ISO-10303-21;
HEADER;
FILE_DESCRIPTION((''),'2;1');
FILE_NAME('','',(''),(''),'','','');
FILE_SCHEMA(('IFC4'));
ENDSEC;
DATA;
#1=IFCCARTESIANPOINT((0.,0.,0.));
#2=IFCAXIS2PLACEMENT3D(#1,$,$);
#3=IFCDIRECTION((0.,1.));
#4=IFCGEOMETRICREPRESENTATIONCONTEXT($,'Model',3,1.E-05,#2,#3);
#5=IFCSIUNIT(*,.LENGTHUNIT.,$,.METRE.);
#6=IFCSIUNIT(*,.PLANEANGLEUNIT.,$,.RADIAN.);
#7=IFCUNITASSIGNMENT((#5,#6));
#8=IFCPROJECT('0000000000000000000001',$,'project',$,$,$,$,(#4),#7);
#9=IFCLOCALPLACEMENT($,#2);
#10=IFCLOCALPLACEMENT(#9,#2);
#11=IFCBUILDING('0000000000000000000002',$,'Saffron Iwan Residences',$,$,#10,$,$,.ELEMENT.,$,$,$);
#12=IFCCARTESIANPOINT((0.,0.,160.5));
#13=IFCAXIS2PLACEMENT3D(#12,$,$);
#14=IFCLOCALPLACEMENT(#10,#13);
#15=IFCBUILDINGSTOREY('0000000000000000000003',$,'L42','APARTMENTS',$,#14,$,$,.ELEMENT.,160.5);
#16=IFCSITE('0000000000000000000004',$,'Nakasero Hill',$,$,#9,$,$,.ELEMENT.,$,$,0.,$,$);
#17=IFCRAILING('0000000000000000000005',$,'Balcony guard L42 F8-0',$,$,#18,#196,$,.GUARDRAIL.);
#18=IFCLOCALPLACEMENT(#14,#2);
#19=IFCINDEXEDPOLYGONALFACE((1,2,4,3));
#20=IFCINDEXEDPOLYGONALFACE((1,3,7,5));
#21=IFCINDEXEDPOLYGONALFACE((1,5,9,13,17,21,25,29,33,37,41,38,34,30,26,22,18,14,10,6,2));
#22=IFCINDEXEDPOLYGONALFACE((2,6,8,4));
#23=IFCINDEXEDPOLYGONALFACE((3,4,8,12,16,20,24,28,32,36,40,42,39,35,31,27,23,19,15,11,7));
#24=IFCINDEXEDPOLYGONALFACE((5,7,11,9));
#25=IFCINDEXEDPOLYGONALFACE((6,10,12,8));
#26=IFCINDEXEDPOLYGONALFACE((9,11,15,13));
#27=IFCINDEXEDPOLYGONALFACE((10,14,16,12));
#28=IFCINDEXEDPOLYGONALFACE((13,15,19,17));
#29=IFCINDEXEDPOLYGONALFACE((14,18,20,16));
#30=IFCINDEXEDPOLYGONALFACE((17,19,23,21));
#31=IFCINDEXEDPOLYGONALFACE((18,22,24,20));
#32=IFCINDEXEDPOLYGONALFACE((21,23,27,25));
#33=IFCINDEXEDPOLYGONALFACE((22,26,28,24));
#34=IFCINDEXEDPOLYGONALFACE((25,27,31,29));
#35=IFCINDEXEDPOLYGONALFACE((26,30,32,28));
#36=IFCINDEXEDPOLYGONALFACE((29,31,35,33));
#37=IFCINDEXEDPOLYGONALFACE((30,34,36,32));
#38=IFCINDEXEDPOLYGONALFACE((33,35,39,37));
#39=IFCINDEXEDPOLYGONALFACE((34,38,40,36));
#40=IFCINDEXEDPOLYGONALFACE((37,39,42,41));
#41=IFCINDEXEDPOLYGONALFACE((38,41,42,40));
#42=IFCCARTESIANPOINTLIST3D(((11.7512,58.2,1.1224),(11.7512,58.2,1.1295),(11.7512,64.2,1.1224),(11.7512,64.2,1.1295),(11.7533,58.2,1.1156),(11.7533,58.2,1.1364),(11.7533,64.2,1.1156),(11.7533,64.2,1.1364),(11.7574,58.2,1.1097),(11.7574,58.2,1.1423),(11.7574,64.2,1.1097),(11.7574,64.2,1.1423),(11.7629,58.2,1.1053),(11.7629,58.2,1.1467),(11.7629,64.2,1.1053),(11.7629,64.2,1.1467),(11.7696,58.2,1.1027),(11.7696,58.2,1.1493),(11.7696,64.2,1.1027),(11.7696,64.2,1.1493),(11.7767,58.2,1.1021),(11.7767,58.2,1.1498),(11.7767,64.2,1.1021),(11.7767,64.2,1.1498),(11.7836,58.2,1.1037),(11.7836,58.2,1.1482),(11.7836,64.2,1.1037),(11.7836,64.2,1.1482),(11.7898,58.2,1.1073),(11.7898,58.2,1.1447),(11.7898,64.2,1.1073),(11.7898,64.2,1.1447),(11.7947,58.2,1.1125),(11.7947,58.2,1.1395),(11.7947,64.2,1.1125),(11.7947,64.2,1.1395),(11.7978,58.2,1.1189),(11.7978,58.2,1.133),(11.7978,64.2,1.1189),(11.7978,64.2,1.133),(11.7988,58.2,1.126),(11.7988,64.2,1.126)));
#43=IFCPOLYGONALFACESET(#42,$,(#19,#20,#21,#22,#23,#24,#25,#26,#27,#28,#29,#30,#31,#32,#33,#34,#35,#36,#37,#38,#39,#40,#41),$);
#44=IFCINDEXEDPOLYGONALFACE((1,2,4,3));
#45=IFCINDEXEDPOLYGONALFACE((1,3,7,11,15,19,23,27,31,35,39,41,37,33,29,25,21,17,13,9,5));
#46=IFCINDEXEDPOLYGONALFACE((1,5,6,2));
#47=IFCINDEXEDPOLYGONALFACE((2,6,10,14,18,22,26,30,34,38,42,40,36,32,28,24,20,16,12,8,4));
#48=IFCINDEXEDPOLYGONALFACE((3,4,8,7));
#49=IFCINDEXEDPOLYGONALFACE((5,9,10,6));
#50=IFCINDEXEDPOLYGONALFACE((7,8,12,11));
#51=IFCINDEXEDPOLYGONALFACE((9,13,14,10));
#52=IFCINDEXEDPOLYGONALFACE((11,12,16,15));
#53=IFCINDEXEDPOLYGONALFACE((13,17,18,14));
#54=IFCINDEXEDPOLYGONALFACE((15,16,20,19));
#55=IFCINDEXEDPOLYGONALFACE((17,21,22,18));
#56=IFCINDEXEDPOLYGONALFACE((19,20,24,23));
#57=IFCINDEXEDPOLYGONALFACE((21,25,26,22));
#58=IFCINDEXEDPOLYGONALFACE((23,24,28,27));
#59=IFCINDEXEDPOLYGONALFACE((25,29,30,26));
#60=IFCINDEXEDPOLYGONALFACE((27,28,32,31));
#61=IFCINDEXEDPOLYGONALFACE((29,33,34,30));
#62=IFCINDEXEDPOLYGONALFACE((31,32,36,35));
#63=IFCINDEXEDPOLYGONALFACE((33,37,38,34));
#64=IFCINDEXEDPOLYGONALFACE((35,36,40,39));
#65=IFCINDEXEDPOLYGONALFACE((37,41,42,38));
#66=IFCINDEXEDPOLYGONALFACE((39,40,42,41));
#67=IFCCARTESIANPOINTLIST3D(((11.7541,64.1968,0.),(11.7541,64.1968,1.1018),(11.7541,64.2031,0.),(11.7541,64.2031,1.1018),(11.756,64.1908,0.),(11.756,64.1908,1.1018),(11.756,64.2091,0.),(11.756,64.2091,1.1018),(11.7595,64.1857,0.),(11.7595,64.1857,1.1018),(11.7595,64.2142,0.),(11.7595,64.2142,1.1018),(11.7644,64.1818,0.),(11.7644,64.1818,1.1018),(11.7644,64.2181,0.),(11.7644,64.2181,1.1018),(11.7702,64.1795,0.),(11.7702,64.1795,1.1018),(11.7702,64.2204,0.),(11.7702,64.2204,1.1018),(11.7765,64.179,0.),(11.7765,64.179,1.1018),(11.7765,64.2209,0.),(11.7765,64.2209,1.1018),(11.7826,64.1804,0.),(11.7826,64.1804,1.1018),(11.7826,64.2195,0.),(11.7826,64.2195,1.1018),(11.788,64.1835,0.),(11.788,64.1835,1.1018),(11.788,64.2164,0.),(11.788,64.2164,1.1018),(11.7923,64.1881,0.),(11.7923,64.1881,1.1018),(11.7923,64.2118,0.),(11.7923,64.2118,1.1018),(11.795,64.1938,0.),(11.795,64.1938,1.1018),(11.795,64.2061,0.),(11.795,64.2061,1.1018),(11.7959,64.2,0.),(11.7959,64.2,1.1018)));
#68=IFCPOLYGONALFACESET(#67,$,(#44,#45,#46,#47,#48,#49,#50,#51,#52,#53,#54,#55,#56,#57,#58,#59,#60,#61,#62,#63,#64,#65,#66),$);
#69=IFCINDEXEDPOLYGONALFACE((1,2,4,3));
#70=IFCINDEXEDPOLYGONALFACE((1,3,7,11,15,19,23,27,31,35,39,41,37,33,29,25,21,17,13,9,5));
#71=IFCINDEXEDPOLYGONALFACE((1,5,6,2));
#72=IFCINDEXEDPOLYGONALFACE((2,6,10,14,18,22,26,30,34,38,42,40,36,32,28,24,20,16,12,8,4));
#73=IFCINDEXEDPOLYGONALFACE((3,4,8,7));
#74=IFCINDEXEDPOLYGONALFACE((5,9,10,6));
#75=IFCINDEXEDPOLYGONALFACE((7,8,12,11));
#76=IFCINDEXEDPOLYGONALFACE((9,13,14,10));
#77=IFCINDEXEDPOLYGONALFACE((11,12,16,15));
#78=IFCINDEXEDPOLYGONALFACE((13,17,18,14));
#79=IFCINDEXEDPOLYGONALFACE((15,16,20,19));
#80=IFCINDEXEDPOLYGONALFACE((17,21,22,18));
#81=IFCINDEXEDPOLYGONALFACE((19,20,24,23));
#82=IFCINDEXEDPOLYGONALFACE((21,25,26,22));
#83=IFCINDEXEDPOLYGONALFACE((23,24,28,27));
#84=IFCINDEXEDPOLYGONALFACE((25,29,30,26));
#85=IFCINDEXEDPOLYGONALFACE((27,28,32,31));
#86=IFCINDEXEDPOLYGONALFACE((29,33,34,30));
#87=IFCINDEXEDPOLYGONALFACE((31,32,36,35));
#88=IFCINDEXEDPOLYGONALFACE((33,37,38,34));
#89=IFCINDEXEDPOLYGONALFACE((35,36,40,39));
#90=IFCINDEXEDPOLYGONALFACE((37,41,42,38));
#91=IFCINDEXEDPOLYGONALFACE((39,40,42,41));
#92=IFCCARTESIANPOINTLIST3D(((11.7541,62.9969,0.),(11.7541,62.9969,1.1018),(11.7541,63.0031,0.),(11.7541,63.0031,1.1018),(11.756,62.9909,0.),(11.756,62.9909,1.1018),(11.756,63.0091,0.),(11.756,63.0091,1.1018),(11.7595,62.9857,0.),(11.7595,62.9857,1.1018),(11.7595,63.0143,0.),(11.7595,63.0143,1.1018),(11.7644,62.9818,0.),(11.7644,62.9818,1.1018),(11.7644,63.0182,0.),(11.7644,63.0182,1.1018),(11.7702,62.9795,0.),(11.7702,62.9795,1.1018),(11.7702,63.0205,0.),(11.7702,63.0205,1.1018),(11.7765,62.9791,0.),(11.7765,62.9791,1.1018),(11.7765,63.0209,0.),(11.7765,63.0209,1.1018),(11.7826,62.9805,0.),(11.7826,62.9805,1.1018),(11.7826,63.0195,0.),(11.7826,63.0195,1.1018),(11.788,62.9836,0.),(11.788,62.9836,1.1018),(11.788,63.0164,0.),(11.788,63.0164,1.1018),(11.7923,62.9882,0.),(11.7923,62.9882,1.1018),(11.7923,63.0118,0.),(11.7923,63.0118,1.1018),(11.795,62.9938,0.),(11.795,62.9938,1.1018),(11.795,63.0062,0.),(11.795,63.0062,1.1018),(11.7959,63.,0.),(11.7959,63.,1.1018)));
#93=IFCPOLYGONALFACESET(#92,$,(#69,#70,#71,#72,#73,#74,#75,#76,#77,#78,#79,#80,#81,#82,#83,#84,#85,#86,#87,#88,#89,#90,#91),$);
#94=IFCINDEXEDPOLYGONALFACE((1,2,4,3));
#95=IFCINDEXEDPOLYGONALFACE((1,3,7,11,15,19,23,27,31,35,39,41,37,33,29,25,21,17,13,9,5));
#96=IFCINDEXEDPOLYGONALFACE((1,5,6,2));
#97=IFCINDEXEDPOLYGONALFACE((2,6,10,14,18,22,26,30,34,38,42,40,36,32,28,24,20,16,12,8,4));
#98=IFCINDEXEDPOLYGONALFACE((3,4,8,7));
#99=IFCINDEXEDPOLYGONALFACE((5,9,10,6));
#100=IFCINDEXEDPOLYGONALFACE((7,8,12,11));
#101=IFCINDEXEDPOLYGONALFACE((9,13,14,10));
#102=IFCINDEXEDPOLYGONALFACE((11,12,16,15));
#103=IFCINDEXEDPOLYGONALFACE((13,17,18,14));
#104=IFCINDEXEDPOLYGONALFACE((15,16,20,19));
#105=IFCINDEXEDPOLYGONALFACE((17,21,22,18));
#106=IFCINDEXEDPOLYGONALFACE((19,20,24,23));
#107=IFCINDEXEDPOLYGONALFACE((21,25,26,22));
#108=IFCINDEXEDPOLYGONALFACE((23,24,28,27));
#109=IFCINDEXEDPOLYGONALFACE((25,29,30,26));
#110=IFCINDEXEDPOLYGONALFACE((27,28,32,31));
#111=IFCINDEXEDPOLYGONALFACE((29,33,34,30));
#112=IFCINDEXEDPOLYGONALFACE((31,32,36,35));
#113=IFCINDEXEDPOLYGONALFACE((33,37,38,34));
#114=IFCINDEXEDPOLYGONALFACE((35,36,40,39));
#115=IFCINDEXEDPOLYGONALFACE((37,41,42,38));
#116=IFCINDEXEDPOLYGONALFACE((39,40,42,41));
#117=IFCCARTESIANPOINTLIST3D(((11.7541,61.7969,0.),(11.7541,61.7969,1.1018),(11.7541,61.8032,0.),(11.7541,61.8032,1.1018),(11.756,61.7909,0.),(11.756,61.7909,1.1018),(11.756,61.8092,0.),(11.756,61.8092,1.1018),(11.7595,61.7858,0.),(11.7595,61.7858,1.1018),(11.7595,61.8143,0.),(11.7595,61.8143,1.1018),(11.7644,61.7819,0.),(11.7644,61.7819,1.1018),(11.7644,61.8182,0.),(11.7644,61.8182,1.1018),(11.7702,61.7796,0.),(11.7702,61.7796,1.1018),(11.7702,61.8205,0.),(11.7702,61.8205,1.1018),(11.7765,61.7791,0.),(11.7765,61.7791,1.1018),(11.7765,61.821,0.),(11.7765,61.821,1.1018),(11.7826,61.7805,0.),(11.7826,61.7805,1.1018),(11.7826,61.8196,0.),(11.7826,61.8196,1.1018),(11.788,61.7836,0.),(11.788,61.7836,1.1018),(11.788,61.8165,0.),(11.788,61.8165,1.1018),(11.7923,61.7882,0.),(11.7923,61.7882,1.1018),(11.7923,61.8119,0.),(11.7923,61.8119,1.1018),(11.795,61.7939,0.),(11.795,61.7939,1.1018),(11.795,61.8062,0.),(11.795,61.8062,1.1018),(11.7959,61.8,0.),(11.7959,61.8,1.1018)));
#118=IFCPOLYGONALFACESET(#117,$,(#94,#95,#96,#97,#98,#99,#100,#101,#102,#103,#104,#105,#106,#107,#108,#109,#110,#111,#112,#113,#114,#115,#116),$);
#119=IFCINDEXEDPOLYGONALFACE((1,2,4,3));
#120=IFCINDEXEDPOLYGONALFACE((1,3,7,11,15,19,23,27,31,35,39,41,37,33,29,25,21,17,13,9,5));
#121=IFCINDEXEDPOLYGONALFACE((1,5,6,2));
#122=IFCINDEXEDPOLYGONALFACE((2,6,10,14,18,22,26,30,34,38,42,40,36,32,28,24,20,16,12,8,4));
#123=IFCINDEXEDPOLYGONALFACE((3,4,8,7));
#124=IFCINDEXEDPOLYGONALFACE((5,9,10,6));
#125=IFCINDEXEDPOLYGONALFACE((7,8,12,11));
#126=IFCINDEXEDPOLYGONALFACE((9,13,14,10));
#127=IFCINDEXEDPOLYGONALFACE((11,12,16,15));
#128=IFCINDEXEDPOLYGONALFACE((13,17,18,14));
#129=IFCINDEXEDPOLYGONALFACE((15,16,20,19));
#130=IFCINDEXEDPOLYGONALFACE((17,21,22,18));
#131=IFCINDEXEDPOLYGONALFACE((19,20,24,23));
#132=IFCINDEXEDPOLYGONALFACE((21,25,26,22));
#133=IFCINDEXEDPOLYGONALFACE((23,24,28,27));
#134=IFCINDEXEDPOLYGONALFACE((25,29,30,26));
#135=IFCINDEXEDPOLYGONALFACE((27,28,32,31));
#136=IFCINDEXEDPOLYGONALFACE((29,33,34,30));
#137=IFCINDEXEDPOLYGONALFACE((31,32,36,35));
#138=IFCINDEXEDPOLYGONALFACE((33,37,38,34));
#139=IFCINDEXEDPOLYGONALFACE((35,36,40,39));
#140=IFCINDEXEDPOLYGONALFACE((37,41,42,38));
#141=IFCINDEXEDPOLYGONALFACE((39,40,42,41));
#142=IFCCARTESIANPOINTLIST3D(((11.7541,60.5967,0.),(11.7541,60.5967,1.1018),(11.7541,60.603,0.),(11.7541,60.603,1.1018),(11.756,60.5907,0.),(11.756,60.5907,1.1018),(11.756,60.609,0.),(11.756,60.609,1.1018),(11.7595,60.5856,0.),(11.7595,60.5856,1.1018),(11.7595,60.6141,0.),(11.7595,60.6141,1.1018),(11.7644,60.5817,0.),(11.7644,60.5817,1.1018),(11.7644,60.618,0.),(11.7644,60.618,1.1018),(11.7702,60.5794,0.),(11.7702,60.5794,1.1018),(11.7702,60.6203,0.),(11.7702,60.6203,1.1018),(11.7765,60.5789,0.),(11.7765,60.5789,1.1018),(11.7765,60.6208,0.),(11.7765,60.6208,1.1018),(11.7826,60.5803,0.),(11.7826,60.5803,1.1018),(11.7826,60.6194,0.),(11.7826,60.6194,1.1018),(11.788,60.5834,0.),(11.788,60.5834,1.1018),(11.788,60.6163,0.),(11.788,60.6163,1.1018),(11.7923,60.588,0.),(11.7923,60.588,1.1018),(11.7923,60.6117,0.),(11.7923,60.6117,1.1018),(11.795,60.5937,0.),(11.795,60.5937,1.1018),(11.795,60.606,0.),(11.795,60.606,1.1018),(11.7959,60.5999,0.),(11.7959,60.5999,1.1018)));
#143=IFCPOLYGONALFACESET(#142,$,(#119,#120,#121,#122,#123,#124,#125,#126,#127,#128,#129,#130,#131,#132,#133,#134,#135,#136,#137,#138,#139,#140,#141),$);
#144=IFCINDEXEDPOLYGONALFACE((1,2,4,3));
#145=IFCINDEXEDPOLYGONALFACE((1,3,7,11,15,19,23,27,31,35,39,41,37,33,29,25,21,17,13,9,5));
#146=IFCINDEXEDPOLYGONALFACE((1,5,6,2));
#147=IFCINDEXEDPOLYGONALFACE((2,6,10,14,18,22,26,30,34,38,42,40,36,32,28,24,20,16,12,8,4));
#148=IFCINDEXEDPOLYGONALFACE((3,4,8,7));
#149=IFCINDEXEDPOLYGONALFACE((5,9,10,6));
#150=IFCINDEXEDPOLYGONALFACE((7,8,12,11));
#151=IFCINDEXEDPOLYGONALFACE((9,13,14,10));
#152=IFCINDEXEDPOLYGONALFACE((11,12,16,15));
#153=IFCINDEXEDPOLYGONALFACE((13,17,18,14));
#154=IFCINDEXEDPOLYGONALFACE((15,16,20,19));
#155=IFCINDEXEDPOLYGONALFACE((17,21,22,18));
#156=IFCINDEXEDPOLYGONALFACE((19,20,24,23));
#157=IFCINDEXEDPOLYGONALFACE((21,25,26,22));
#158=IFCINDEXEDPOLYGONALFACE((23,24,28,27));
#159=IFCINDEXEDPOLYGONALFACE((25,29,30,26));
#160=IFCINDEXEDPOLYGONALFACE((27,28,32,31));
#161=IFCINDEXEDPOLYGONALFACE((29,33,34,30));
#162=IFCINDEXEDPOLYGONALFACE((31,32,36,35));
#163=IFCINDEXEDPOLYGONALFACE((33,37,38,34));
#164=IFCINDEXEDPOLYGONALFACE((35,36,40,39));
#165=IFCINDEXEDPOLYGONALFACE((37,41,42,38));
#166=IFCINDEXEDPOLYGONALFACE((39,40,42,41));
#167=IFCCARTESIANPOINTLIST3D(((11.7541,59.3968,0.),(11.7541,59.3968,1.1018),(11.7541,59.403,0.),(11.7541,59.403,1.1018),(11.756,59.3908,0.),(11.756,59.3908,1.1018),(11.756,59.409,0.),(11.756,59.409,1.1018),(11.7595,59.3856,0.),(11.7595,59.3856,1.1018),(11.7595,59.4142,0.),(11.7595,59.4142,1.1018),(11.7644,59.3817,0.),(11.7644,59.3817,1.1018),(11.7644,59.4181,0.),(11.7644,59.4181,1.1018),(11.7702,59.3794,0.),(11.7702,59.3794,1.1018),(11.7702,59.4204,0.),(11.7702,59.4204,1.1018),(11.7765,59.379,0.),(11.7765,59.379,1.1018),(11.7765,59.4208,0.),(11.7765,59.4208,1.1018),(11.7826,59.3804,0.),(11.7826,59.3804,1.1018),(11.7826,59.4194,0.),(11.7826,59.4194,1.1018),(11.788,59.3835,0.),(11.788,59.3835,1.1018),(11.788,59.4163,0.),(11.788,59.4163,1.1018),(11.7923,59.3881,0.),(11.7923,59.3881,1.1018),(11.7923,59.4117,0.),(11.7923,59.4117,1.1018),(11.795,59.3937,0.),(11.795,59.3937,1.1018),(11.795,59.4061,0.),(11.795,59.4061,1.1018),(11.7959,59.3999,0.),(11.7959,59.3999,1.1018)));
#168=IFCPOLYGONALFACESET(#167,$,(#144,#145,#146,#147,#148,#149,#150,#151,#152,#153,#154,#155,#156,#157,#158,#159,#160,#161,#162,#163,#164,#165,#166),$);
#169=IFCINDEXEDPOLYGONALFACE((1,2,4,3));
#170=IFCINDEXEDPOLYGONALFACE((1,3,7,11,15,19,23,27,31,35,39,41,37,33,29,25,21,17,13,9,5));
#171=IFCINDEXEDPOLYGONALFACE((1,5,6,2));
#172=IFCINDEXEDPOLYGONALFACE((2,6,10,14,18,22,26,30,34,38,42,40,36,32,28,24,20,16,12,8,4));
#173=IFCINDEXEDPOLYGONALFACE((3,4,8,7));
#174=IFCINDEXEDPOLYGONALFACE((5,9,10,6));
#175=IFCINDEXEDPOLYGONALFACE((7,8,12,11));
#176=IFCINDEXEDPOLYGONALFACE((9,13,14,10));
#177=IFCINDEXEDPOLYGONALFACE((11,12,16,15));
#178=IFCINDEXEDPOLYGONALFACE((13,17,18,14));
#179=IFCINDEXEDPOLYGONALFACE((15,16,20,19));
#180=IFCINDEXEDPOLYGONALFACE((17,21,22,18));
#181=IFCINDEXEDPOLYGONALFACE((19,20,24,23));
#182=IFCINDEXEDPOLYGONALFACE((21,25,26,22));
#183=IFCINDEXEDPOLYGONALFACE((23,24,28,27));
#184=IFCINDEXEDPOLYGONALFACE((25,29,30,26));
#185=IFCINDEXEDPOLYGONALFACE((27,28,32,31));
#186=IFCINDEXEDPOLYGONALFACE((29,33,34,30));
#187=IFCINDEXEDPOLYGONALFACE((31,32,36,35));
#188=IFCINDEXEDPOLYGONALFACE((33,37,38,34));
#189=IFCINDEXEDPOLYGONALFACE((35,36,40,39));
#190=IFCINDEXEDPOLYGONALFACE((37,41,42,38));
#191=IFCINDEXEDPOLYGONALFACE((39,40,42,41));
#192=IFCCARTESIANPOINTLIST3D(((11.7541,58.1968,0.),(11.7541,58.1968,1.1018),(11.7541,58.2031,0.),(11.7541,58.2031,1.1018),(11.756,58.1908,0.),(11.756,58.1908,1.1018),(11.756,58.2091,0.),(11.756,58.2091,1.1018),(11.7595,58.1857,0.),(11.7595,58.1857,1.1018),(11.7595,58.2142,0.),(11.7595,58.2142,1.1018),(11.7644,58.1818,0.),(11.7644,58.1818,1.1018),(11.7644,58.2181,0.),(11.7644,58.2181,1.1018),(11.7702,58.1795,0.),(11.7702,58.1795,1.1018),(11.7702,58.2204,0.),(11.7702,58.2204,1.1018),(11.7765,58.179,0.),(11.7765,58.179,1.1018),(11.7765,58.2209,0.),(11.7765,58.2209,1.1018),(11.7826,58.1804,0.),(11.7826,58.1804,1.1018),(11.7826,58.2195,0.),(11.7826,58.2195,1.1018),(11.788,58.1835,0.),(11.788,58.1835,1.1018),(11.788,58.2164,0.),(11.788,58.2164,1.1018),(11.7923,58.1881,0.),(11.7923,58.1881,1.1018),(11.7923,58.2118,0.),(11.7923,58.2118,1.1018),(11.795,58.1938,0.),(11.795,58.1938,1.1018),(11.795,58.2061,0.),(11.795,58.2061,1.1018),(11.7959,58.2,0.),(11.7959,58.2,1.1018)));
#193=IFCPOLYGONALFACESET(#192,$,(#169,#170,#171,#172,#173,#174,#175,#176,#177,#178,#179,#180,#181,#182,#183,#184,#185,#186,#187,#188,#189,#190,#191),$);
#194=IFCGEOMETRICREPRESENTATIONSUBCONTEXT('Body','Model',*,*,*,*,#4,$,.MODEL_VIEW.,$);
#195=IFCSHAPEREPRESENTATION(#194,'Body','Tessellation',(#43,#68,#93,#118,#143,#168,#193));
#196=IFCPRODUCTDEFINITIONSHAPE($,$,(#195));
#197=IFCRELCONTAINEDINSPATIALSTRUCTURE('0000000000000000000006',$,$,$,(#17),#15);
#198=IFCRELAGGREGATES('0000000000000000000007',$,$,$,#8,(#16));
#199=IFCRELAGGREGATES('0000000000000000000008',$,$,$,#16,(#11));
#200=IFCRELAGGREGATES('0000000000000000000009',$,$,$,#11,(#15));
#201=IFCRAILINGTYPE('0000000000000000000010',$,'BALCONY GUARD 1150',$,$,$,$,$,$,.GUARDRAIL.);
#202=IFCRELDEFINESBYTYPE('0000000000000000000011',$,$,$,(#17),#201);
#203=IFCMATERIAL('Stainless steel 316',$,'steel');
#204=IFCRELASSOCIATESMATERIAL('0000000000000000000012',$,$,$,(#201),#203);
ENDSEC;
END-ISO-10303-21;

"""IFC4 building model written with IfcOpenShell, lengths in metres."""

from ifc_helpers import new_model, si_unit, direction, frame, origin, origin_2d, place, context, subcontext, project, spatial, circle, extrude, material, type_object, element, save


model = new_model("IFC4")

# Units and contexts
model_context = context("Model", 3, precision=1e-05, world=origin(), true_north=direction((0.0, 1.0)))
body_context = subcontext(model_context, "Body", "Model", "MODEL_VIEW")
ifc_project = project(units=[si_unit("LENGTHUNIT", "METRE"), si_unit("PLANEANGLEUNIT", "RADIAN")], contexts=[model_context])

# Site, building, storey
site_placement = place(None, origin())
site = spatial("IfcSite", under=ifc_project, at=site_placement, Name="Nakasero Hill", CompositionType="ELEMENT", RefElevation=0.0)
building_placement = place(site_placement, origin())
building = spatial("IfcBuilding", under=site, at=building_placement, Name="Saffron Iwan Residences", CompositionType="ELEMENT")
storey_placement = place(building_placement, frame((0.0, 0.0, 160.5)))
storey = spatial("IfcBuildingStorey", under=building, at=storey_placement, Name="L42", Description="APARTMENTS", CompositionType="ELEMENT", Elevation=160.5)

# Railing
ifc_material_1 = material(Name="Stainless steel 316", Category="steel")
railing_type = type_object("IfcRailingType", Name="BALCONY GUARD 1150", PredefinedType="GUARDRAIL", material=ifc_material_1)
railing_placement = place(storey_placement, frame((11.7749, 64.2, 0.0)))
element("IfcRailing", 1, at=railing_placement, inside=storey, type_object=railing_type, Name="Balcony guard L42 F8-0", PredefinedType="GUARDRAIL", context=body_context, shape_type="SweptSolid", body=[
    extrude(circle(Radius=0.0239, at=origin_2d()), frame((0.0, 0.0, 1.126), z_axis=(0.0, -1.0, 0.0), x_axis=(1.0, 0.0, 0.0)), (0.0, 0.0, 1.0), 6.0),
    extrude(circle(Radius=0.021, at=origin_2d()), origin(), (0.0, 0.0, 1.0), 1.1018),
    extrude(circle(Radius=0.021, at=origin_2d()), frame((0.0, -1.2, 0.0)), (0.0, 0.0, 1.0), 1.1018),
    extrude(circle(Radius=0.021, at=origin_2d()), frame((0.0, -2.3999, 0.0)), (0.0, 0.0, 1.0), 1.1018),
    extrude(circle(Radius=0.021, at=origin_2d()), frame((0.0, -3.6001, 0.0)), (0.0, 0.0, 1.0), 1.1018),
    extrude(circle(Radius=0.021, at=origin_2d()), frame((0.0, -4.8, 0.0)), (0.0, 0.0, 1.0), 1.1018),
    extrude(circle(Radius=0.021, at=origin_2d()), frame((0.0, -6.0, 0.0)), (0.0, 0.0, 1.0), 1.1018),
])

save(model, "model.ifc")
